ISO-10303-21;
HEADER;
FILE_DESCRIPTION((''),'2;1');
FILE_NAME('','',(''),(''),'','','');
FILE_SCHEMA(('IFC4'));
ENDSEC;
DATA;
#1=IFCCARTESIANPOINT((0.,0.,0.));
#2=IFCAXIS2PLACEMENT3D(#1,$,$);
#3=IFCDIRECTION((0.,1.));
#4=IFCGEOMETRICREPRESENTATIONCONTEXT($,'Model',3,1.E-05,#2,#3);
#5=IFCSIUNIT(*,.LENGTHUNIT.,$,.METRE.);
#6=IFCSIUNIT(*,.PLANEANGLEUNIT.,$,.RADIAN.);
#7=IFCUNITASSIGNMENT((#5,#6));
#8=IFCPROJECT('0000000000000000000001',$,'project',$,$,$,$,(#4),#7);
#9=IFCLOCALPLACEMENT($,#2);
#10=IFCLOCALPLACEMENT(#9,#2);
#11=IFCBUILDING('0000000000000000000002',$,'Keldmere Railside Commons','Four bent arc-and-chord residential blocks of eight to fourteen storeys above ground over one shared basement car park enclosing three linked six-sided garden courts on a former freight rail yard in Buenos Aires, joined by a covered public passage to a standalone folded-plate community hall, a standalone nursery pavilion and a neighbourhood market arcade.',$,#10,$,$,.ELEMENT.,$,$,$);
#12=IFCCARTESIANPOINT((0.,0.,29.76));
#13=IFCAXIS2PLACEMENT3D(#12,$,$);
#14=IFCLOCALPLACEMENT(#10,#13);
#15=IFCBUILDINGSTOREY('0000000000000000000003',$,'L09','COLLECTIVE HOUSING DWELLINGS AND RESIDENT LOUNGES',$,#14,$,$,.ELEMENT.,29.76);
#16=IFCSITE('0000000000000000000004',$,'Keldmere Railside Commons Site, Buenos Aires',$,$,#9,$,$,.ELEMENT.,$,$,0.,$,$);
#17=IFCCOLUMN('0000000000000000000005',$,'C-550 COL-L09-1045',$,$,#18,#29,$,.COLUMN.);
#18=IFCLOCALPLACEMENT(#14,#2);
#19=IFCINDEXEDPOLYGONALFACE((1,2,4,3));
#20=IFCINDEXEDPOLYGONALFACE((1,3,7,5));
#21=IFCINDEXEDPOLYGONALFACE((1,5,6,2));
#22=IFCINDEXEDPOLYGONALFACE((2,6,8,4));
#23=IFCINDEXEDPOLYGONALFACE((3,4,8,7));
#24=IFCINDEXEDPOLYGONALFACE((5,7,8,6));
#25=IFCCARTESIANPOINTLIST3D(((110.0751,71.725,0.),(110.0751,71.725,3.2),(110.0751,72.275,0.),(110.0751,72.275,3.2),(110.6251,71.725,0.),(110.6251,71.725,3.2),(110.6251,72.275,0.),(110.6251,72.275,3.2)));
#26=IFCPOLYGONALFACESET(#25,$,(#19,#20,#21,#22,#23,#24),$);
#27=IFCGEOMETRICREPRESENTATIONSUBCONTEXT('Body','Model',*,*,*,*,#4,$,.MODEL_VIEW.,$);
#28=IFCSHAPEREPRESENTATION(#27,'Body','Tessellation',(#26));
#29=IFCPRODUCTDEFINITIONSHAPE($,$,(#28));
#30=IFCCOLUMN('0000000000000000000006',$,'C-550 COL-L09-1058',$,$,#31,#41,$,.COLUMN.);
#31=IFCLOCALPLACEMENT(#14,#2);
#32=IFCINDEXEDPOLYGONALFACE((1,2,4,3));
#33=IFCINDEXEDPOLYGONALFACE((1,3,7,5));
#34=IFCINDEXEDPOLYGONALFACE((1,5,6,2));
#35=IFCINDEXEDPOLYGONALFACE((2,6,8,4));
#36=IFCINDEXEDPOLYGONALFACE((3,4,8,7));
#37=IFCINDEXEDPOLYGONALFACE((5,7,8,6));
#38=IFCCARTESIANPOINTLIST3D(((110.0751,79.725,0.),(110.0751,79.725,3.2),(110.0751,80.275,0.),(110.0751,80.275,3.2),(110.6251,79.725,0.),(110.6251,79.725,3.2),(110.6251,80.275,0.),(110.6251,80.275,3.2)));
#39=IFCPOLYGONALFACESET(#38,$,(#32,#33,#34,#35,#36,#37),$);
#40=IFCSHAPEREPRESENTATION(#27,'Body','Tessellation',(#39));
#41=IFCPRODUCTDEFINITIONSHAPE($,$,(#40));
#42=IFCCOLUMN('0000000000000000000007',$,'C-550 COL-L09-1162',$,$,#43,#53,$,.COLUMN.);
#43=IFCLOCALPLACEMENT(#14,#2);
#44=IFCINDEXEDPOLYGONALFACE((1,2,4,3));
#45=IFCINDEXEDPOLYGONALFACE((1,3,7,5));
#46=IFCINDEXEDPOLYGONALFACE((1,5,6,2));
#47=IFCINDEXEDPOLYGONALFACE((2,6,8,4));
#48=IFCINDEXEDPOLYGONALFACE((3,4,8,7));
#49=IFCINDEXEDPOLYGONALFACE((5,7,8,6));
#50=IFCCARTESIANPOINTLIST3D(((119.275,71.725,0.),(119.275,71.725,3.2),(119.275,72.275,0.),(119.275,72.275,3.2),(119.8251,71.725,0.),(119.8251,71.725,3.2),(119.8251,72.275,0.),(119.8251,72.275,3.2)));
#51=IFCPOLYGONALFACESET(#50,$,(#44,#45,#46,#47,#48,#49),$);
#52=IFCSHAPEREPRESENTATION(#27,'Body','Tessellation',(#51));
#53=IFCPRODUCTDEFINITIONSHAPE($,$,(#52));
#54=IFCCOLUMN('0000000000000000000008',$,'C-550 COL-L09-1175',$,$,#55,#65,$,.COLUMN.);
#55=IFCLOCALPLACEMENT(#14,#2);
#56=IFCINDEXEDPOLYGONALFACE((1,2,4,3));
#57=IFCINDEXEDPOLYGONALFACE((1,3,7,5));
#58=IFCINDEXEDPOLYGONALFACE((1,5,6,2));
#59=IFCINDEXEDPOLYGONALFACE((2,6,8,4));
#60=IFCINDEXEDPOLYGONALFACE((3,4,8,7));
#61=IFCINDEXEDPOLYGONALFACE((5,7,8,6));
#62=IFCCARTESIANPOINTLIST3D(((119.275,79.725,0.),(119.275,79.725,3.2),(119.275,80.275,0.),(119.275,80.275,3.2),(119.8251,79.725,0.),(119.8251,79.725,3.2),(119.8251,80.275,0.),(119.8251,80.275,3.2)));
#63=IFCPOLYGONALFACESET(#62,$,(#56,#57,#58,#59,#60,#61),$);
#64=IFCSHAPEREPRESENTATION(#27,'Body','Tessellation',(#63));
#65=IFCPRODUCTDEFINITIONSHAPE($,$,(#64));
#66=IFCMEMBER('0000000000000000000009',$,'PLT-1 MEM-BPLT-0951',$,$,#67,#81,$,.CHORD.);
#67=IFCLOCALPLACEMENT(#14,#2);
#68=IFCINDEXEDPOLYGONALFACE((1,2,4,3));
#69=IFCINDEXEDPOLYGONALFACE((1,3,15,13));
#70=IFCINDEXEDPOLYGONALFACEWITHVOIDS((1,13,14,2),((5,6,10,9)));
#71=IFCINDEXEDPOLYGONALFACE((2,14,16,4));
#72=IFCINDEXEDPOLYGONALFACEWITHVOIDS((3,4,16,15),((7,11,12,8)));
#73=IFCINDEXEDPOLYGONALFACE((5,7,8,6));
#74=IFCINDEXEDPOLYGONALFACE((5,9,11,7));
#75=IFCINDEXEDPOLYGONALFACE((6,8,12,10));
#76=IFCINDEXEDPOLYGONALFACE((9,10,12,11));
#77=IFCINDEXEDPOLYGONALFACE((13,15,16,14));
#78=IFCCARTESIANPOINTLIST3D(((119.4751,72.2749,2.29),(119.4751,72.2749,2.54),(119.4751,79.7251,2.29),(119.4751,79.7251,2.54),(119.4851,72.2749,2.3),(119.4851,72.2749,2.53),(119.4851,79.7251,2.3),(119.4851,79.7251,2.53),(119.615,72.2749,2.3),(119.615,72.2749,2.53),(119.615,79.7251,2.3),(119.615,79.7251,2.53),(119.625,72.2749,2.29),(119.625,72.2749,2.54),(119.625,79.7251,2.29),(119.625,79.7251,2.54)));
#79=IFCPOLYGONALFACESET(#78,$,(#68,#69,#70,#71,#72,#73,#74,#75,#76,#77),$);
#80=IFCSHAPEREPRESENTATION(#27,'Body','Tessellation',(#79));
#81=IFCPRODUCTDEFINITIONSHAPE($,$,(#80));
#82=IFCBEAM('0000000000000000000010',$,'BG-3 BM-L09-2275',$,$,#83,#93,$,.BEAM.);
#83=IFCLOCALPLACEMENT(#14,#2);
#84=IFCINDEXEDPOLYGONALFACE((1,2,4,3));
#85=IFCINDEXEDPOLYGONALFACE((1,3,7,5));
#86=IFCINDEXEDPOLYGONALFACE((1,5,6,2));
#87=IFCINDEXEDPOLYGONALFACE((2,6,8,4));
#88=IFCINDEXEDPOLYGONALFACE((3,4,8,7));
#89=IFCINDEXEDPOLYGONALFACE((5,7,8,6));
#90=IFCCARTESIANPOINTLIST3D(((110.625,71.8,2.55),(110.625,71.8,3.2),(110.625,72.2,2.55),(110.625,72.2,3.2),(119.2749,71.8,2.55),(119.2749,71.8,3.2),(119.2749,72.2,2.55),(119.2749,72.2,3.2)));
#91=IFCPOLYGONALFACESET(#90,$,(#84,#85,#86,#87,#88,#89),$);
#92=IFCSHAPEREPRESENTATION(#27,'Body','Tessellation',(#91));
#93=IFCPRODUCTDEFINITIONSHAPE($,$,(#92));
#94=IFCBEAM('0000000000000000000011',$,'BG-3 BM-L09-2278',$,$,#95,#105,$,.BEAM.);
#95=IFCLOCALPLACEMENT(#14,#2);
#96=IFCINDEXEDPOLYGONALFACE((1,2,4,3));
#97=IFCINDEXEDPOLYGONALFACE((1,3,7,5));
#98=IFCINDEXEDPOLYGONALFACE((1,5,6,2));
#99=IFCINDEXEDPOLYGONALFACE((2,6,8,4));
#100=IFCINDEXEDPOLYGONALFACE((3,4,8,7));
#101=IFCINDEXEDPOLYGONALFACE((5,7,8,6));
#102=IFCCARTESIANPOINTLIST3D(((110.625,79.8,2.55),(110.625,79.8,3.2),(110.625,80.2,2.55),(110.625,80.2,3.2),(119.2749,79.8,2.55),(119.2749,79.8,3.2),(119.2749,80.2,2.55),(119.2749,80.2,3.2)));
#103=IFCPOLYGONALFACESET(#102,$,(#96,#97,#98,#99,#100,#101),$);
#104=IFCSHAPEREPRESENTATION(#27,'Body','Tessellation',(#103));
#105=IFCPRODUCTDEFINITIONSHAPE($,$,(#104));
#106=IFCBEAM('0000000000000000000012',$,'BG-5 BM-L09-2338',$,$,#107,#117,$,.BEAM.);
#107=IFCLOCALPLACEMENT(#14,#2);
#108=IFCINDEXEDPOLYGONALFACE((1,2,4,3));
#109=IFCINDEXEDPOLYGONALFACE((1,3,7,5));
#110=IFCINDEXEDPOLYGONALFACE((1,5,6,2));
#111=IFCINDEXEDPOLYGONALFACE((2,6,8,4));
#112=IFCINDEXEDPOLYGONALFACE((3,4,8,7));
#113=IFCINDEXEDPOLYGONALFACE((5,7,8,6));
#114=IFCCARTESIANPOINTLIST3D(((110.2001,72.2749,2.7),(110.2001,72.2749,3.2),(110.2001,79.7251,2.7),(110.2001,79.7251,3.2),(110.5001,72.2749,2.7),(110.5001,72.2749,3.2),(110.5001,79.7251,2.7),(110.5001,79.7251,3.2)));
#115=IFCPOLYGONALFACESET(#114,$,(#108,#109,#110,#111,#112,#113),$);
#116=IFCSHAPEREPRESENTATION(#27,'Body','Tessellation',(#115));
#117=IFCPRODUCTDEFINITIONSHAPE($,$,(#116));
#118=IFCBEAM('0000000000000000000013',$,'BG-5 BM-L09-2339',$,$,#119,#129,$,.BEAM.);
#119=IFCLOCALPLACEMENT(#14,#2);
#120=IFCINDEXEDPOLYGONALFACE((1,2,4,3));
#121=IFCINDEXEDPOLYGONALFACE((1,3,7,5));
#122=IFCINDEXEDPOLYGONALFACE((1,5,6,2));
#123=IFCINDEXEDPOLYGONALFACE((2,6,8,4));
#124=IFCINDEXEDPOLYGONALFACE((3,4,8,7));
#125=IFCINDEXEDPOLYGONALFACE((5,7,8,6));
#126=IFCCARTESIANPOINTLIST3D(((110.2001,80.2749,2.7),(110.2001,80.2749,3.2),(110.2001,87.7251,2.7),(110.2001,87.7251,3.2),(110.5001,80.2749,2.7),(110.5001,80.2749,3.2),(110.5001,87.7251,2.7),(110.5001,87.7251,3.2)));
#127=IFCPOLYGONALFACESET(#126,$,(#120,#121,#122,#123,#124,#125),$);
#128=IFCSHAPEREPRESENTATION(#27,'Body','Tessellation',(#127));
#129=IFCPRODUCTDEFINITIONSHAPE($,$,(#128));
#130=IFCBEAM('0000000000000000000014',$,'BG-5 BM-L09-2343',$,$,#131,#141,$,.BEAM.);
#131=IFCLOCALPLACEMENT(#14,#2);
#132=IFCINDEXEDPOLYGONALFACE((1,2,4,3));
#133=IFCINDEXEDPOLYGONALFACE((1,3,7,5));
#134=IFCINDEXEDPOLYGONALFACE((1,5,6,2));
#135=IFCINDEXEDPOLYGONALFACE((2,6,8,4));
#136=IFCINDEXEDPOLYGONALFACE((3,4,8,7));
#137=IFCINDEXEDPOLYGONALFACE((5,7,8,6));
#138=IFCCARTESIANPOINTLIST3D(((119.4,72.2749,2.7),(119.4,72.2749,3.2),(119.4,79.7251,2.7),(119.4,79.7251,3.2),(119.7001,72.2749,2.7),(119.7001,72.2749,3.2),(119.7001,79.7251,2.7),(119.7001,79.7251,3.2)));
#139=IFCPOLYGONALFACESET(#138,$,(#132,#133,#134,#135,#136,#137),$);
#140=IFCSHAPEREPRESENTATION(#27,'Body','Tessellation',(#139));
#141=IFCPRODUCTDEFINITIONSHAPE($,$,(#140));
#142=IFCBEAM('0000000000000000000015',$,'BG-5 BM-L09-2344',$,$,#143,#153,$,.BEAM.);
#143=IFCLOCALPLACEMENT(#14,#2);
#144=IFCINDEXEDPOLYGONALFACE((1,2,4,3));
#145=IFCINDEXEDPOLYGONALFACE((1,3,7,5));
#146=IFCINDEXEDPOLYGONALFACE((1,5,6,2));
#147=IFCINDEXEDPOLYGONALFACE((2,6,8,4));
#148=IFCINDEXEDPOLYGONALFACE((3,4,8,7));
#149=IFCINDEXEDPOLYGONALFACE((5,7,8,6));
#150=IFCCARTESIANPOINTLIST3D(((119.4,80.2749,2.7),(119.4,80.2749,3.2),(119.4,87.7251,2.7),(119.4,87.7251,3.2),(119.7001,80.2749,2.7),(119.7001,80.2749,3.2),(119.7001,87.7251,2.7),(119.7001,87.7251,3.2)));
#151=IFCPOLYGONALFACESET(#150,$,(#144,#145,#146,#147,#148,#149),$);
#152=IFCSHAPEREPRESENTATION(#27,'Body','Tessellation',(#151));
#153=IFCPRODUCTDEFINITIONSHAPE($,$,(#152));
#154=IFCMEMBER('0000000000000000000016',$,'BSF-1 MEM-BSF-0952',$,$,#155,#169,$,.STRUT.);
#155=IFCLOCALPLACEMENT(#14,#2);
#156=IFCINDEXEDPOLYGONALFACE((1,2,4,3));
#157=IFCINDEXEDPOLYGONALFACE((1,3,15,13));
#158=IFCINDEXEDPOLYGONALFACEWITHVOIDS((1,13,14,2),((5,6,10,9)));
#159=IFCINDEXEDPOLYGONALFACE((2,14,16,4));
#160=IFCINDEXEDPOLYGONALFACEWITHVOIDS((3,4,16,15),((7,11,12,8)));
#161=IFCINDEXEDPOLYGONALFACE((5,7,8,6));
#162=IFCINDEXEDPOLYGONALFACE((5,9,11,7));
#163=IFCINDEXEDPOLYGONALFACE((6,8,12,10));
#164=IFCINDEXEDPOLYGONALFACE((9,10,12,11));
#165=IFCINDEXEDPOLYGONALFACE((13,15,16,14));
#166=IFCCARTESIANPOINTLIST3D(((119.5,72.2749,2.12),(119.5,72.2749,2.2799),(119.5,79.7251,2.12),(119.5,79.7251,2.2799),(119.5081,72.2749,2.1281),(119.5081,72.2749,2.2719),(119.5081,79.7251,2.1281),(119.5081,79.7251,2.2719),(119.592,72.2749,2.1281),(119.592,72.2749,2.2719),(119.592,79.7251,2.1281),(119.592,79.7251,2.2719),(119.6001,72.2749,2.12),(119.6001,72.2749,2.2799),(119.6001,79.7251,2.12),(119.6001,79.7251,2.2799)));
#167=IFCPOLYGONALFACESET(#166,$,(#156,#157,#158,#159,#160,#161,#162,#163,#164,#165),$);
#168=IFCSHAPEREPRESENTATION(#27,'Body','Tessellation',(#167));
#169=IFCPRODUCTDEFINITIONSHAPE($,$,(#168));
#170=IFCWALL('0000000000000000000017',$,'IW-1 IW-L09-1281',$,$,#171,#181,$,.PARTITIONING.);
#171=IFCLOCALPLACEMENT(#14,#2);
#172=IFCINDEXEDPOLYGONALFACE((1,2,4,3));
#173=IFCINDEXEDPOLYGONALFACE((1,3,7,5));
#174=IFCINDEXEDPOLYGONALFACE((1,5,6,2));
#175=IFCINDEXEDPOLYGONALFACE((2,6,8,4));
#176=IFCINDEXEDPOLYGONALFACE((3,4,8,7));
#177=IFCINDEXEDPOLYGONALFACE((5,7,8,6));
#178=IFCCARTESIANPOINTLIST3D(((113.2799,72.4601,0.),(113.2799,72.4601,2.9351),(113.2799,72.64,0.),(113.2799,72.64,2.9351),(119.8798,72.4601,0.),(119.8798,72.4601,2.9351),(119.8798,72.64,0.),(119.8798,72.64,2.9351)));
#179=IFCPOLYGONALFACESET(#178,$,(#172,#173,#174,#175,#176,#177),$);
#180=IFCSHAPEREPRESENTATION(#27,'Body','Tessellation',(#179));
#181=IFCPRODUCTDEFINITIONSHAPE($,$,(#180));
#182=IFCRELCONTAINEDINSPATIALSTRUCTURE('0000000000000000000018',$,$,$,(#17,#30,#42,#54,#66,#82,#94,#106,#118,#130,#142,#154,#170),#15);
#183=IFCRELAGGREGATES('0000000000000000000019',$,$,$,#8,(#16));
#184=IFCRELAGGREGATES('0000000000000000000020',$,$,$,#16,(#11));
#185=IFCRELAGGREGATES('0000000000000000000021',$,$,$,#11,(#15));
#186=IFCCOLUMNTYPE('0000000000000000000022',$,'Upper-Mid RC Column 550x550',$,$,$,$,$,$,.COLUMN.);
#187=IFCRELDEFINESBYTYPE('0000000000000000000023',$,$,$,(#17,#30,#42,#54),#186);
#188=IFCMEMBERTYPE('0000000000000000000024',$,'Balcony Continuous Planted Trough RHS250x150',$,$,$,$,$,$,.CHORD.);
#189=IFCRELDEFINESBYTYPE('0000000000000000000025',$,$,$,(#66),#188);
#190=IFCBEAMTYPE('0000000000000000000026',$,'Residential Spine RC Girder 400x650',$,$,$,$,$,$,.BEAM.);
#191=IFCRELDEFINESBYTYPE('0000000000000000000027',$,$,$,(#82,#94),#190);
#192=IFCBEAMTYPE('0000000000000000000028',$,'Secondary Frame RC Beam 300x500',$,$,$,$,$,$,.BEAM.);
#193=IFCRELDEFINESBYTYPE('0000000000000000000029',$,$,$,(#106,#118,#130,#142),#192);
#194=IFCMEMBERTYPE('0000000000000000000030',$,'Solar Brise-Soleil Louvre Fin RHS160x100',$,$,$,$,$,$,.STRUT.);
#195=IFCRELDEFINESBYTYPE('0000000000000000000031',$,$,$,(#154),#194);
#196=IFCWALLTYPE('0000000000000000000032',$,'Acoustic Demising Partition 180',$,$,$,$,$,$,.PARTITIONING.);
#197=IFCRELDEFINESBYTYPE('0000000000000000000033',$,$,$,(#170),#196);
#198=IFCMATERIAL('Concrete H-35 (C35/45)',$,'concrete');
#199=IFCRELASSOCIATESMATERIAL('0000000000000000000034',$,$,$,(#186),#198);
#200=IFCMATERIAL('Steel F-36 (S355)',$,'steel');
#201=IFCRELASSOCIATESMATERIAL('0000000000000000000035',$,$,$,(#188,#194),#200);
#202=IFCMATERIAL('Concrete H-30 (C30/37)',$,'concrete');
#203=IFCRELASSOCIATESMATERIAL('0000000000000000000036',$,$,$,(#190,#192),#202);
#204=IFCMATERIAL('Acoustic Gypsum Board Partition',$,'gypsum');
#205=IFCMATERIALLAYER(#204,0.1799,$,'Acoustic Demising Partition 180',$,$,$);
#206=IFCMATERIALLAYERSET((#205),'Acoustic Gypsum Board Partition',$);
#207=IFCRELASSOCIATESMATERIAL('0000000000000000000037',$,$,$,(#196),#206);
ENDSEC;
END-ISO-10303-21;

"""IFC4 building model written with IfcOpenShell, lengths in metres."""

from ifc_helpers import new_model, si_unit, direction, frame, frame_2d, origin, origin_2d, place, context, subcontext, project, spatial, rectangle, hollow_rectangle, extrude, material, layer, layer_set, material_profile, profile_set, type_object, element, save


model = new_model("IFC4")

# Units and contexts
model_context = context("Model", 3, precision=1e-05, world=origin(), true_north=direction((0.0, 1.0)))
body_context = subcontext(model_context, "Body", "Model", "MODEL_VIEW")
ifc_project = project(units=[si_unit("LENGTHUNIT", "METRE"), si_unit("PLANEANGLEUNIT", "RADIAN")], contexts=[model_context])

# Site, building, storey
site_placement = place(None, origin())
site = spatial("IfcSite", under=ifc_project, at=site_placement, Name="Keldmere Railside Commons Site, Buenos Aires", CompositionType="ELEMENT", RefElevation=0.0)
building_placement = place(site_placement, origin())
building = spatial("IfcBuilding", under=site, at=building_placement, Name="Keldmere Railside Commons", Description="Four bent arc-and-chord residential blocks of eight to fourteen storeys above ground over one shared basement car park enclosing three linked six-sided garden courts on a former freight rail yard in Buenos Aires, joined by a covered public passage to a standalone folded-plate community hall, a standalone nursery pavilion and a neighbourhood market arcade.", CompositionType="ELEMENT")
storey_placement = place(building_placement, frame((0.0, 0.0, 29.76)))
storey = spatial("IfcBuildingStorey", under=building, at=storey_placement, Name="L09", Description="COLLECTIVE HOUSING DWELLINGS AND RESIDENT LOUNGES", CompositionType="ELEMENT", Elevation=29.76)

# Columns
ifc_material_1 = material(Name="Concrete H-35 (C35/45)", Category="concrete")
ifc_material_profile_1 = material_profile(ifc_material_1, rectangle(XDim=0.55, YDim=0.55, at=origin_2d()), Name="RC-550x550")
ifc_profile_set_1 = profile_set([ifc_material_profile_1], Name="Concrete H-35 (C35/45)")
column_type = type_object("IfcColumnType", Name="Upper-Mid RC Column 550x550", PredefinedType="COLUMN", material=ifc_profile_set_1)
for number, where, z_axis, x_axis, name in (
    (1, (110.3501, 72.0, 0.0), (0.0, 0.0, 1.0), (1.0, 0.0, 0.0), "C-550 COL-L09-1045"),
    (2, (110.3501, 80.0, 0.0), (0.0, 0.0, 1.0), (1.0, 0.0, 0.0), "C-550 COL-L09-1058"),
    (3, (119.55, 72.0, 0.0), (0.0, 0.0, 1.0), (1.0, 0.0, 0.0), "C-550 COL-L09-1162"),
    (4, (119.55, 80.0, 0.0), (0.0, 0.0, 1.0), (1.0, 0.0, 0.0), "C-550 COL-L09-1175"),
):
    element("IfcColumn", number, at=place(storey_placement, frame(where, z_axis=z_axis, x_axis=x_axis)), inside=storey, type_object=column_type, Name=name, PredefinedType="COLUMN", context=body_context, shape_type="SweptSolid", body=[
        extrude(rectangle(XDim=0.55, YDim=0.55, at=origin_2d()), origin(), (0.0, 0.0, 1.0), 3.2),
    ])

# Member
ifc_material_2 = material(Name="Steel F-36 (S355)", Category="steel")
ifc_material_profile_2 = material_profile(ifc_material_2, hollow_rectangle(XDim=0.1499, YDim=0.25, WallThickness=0.01, at=origin_2d()), Name="RHS-250x150x10")
ifc_profile_set_2 = profile_set([ifc_material_profile_2], Name="Steel F-36 (S355)")
member_type_1 = type_object("IfcMemberType", Name="Balcony Continuous Planted Trough RHS250x150", PredefinedType="CHORD", material=ifc_profile_set_2)
member_1_placement = place(storey_placement, frame((119.55, 72.2749, 2.415), z_axis=(0.0, 1.0, 0.0), x_axis=(-1.0, 0.0, 0.0)))
element("IfcMember", 5, at=member_1_placement, inside=storey, type_object=member_type_1, Name="PLT-1 MEM-BPLT-0951", PredefinedType="CHORD", context=body_context, shape_type="SweptSolid", body=[
    extrude(hollow_rectangle(XDim=0.1499, YDim=0.25, WallThickness=0.01, at=origin_2d()), origin(), (0.0, 0.0, 1.0), 7.4502),
])

# Beams
ifc_material_3 = material(Name="Concrete H-30 (C30/37)", Category="concrete")
ifc_material_profile_3 = material_profile(ifc_material_3, rectangle(XDim=0.3999, YDim=0.6499, at=origin_2d()), Name="RC-400x650")
ifc_profile_set_3 = profile_set([ifc_material_profile_3], Name="Concrete H-30 (C30/37)")
beam_type_1 = type_object("IfcBeamType", Name="Residential Spine RC Girder 400x650", PredefinedType="BEAM", material=ifc_profile_set_3)
for number, where, z_axis, x_axis, name in (
    (6, (110.625, 72.0, 2.875), (1.0, 0.0, 0.0), (0.0, 1.0, 0.0), "BG-3 BM-L09-2275"),
    (7, (110.625, 80.0, 2.875), (1.0, 0.0, 0.0), (0.0, 1.0, 0.0), "BG-3 BM-L09-2278"),
):
    element("IfcBeam", number, at=place(storey_placement, frame(where, z_axis=z_axis, x_axis=x_axis)), inside=storey, type_object=beam_type_1, Name=name, PredefinedType="BEAM", context=body_context, shape_type="SweptSolid", body=[
        extrude(rectangle(XDim=0.3999, YDim=0.6499, at=origin_2d()), origin(), (0.0, 0.0, 1.0), 8.6499),
    ])
ifc_material_profile_4 = material_profile(ifc_material_3, rectangle(XDim=0.3, YDim=0.5, at=origin_2d()), Name="RC-300x500")
ifc_profile_set_4 = profile_set([ifc_material_profile_4], Name="Concrete H-30 (C30/37)")
beam_type_2 = type_object("IfcBeamType", Name="Secondary Frame RC Beam 300x500", PredefinedType="BEAM", material=ifc_profile_set_4)
for number, where, z_axis, x_axis, name in (
    (8, (110.3501, 72.2749, 2.95), (0.0, 1.0, 0.0), (-1.0, 0.0, 0.0), "BG-5 BM-L09-2338"),
    (9, (110.3501, 80.2749, 2.95), (0.0, 1.0, 0.0), (-1.0, 0.0, 0.0), "BG-5 BM-L09-2339"),
    (10, (119.55, 72.2749, 2.95), (0.0, 1.0, 0.0), (-1.0, 0.0, 0.0), "BG-5 BM-L09-2343"),
    (11, (119.55, 80.2749, 2.95), (0.0, 1.0, 0.0), (-1.0, 0.0, 0.0), "BG-5 BM-L09-2344"),
):
    element("IfcBeam", number, at=place(storey_placement, frame(where, z_axis=z_axis, x_axis=x_axis)), inside=storey, type_object=beam_type_2, Name=name, PredefinedType="BEAM", context=body_context, shape_type="SweptSolid", body=[
        extrude(rectangle(XDim=0.3, YDim=0.5, at=origin_2d()), origin(), (0.0, 0.0, 1.0), 7.4502),
    ])

# Member
ifc_material_profile_5 = material_profile(ifc_material_2, hollow_rectangle(XDim=0.1001, YDim=0.1599, WallThickness=0.0081, at=origin_2d()), Name="RHS-160x100x8")
ifc_profile_set_5 = profile_set([ifc_material_profile_5], Name="Steel F-36 (S355)")
member_type_2 = type_object("IfcMemberType", Name="Solar Brise-Soleil Louvre Fin RHS160x100", PredefinedType="STRUT", material=ifc_profile_set_5)
member_2_placement = place(storey_placement, frame((119.55, 72.2749, 2.2), z_axis=(0.0, 1.0, 0.0), x_axis=(-1.0, 0.0, 0.0)))
element("IfcMember", 12, at=member_2_placement, inside=storey, type_object=member_type_2, Name="BSF-1 MEM-BSF-0952", PredefinedType="STRUT", context=body_context, shape_type="SweptSolid", body=[
    extrude(hollow_rectangle(XDim=0.1001, YDim=0.1599, WallThickness=0.0081, at=origin_2d()), origin(), (0.0, 0.0, 1.0), 7.4502),
])

# Wall
ifc_material_4 = material(Name="Acoustic Gypsum Board Partition", Category="gypsum")
ifc_layer_1 = layer(ifc_material_4, 0.1799, Name="Acoustic Demising Partition 180")
ifc_layer_set_1 = layer_set([ifc_layer_1], Name="Acoustic Gypsum Board Partition")
wall_type_1 = type_object("IfcWallType", Name="Acoustic Demising Partition 180", PredefinedType="PARTITIONING", material=ifc_layer_set_1)
wall_1_placement = place(storey_placement, frame((113.28, 72.55, 0.0), z_axis=(0.0, 0.0, 1.0), x_axis=(1.0, 0.0, 0.0)))
element("IfcWall", 13, at=wall_1_placement, inside=storey, type_object=wall_type_1, Name="IW-1 IW-L09-1281", PredefinedType="PARTITIONING", context=body_context, shape_type="SweptSolid", body=[
    extrude(rectangle(XDim=6.5999, YDim=0.1799, at=frame_2d((3.2998, 0.0))), origin(), (0.0, 0.0, 1.0), 2.9351),
])

save(model, "model.ifc")
